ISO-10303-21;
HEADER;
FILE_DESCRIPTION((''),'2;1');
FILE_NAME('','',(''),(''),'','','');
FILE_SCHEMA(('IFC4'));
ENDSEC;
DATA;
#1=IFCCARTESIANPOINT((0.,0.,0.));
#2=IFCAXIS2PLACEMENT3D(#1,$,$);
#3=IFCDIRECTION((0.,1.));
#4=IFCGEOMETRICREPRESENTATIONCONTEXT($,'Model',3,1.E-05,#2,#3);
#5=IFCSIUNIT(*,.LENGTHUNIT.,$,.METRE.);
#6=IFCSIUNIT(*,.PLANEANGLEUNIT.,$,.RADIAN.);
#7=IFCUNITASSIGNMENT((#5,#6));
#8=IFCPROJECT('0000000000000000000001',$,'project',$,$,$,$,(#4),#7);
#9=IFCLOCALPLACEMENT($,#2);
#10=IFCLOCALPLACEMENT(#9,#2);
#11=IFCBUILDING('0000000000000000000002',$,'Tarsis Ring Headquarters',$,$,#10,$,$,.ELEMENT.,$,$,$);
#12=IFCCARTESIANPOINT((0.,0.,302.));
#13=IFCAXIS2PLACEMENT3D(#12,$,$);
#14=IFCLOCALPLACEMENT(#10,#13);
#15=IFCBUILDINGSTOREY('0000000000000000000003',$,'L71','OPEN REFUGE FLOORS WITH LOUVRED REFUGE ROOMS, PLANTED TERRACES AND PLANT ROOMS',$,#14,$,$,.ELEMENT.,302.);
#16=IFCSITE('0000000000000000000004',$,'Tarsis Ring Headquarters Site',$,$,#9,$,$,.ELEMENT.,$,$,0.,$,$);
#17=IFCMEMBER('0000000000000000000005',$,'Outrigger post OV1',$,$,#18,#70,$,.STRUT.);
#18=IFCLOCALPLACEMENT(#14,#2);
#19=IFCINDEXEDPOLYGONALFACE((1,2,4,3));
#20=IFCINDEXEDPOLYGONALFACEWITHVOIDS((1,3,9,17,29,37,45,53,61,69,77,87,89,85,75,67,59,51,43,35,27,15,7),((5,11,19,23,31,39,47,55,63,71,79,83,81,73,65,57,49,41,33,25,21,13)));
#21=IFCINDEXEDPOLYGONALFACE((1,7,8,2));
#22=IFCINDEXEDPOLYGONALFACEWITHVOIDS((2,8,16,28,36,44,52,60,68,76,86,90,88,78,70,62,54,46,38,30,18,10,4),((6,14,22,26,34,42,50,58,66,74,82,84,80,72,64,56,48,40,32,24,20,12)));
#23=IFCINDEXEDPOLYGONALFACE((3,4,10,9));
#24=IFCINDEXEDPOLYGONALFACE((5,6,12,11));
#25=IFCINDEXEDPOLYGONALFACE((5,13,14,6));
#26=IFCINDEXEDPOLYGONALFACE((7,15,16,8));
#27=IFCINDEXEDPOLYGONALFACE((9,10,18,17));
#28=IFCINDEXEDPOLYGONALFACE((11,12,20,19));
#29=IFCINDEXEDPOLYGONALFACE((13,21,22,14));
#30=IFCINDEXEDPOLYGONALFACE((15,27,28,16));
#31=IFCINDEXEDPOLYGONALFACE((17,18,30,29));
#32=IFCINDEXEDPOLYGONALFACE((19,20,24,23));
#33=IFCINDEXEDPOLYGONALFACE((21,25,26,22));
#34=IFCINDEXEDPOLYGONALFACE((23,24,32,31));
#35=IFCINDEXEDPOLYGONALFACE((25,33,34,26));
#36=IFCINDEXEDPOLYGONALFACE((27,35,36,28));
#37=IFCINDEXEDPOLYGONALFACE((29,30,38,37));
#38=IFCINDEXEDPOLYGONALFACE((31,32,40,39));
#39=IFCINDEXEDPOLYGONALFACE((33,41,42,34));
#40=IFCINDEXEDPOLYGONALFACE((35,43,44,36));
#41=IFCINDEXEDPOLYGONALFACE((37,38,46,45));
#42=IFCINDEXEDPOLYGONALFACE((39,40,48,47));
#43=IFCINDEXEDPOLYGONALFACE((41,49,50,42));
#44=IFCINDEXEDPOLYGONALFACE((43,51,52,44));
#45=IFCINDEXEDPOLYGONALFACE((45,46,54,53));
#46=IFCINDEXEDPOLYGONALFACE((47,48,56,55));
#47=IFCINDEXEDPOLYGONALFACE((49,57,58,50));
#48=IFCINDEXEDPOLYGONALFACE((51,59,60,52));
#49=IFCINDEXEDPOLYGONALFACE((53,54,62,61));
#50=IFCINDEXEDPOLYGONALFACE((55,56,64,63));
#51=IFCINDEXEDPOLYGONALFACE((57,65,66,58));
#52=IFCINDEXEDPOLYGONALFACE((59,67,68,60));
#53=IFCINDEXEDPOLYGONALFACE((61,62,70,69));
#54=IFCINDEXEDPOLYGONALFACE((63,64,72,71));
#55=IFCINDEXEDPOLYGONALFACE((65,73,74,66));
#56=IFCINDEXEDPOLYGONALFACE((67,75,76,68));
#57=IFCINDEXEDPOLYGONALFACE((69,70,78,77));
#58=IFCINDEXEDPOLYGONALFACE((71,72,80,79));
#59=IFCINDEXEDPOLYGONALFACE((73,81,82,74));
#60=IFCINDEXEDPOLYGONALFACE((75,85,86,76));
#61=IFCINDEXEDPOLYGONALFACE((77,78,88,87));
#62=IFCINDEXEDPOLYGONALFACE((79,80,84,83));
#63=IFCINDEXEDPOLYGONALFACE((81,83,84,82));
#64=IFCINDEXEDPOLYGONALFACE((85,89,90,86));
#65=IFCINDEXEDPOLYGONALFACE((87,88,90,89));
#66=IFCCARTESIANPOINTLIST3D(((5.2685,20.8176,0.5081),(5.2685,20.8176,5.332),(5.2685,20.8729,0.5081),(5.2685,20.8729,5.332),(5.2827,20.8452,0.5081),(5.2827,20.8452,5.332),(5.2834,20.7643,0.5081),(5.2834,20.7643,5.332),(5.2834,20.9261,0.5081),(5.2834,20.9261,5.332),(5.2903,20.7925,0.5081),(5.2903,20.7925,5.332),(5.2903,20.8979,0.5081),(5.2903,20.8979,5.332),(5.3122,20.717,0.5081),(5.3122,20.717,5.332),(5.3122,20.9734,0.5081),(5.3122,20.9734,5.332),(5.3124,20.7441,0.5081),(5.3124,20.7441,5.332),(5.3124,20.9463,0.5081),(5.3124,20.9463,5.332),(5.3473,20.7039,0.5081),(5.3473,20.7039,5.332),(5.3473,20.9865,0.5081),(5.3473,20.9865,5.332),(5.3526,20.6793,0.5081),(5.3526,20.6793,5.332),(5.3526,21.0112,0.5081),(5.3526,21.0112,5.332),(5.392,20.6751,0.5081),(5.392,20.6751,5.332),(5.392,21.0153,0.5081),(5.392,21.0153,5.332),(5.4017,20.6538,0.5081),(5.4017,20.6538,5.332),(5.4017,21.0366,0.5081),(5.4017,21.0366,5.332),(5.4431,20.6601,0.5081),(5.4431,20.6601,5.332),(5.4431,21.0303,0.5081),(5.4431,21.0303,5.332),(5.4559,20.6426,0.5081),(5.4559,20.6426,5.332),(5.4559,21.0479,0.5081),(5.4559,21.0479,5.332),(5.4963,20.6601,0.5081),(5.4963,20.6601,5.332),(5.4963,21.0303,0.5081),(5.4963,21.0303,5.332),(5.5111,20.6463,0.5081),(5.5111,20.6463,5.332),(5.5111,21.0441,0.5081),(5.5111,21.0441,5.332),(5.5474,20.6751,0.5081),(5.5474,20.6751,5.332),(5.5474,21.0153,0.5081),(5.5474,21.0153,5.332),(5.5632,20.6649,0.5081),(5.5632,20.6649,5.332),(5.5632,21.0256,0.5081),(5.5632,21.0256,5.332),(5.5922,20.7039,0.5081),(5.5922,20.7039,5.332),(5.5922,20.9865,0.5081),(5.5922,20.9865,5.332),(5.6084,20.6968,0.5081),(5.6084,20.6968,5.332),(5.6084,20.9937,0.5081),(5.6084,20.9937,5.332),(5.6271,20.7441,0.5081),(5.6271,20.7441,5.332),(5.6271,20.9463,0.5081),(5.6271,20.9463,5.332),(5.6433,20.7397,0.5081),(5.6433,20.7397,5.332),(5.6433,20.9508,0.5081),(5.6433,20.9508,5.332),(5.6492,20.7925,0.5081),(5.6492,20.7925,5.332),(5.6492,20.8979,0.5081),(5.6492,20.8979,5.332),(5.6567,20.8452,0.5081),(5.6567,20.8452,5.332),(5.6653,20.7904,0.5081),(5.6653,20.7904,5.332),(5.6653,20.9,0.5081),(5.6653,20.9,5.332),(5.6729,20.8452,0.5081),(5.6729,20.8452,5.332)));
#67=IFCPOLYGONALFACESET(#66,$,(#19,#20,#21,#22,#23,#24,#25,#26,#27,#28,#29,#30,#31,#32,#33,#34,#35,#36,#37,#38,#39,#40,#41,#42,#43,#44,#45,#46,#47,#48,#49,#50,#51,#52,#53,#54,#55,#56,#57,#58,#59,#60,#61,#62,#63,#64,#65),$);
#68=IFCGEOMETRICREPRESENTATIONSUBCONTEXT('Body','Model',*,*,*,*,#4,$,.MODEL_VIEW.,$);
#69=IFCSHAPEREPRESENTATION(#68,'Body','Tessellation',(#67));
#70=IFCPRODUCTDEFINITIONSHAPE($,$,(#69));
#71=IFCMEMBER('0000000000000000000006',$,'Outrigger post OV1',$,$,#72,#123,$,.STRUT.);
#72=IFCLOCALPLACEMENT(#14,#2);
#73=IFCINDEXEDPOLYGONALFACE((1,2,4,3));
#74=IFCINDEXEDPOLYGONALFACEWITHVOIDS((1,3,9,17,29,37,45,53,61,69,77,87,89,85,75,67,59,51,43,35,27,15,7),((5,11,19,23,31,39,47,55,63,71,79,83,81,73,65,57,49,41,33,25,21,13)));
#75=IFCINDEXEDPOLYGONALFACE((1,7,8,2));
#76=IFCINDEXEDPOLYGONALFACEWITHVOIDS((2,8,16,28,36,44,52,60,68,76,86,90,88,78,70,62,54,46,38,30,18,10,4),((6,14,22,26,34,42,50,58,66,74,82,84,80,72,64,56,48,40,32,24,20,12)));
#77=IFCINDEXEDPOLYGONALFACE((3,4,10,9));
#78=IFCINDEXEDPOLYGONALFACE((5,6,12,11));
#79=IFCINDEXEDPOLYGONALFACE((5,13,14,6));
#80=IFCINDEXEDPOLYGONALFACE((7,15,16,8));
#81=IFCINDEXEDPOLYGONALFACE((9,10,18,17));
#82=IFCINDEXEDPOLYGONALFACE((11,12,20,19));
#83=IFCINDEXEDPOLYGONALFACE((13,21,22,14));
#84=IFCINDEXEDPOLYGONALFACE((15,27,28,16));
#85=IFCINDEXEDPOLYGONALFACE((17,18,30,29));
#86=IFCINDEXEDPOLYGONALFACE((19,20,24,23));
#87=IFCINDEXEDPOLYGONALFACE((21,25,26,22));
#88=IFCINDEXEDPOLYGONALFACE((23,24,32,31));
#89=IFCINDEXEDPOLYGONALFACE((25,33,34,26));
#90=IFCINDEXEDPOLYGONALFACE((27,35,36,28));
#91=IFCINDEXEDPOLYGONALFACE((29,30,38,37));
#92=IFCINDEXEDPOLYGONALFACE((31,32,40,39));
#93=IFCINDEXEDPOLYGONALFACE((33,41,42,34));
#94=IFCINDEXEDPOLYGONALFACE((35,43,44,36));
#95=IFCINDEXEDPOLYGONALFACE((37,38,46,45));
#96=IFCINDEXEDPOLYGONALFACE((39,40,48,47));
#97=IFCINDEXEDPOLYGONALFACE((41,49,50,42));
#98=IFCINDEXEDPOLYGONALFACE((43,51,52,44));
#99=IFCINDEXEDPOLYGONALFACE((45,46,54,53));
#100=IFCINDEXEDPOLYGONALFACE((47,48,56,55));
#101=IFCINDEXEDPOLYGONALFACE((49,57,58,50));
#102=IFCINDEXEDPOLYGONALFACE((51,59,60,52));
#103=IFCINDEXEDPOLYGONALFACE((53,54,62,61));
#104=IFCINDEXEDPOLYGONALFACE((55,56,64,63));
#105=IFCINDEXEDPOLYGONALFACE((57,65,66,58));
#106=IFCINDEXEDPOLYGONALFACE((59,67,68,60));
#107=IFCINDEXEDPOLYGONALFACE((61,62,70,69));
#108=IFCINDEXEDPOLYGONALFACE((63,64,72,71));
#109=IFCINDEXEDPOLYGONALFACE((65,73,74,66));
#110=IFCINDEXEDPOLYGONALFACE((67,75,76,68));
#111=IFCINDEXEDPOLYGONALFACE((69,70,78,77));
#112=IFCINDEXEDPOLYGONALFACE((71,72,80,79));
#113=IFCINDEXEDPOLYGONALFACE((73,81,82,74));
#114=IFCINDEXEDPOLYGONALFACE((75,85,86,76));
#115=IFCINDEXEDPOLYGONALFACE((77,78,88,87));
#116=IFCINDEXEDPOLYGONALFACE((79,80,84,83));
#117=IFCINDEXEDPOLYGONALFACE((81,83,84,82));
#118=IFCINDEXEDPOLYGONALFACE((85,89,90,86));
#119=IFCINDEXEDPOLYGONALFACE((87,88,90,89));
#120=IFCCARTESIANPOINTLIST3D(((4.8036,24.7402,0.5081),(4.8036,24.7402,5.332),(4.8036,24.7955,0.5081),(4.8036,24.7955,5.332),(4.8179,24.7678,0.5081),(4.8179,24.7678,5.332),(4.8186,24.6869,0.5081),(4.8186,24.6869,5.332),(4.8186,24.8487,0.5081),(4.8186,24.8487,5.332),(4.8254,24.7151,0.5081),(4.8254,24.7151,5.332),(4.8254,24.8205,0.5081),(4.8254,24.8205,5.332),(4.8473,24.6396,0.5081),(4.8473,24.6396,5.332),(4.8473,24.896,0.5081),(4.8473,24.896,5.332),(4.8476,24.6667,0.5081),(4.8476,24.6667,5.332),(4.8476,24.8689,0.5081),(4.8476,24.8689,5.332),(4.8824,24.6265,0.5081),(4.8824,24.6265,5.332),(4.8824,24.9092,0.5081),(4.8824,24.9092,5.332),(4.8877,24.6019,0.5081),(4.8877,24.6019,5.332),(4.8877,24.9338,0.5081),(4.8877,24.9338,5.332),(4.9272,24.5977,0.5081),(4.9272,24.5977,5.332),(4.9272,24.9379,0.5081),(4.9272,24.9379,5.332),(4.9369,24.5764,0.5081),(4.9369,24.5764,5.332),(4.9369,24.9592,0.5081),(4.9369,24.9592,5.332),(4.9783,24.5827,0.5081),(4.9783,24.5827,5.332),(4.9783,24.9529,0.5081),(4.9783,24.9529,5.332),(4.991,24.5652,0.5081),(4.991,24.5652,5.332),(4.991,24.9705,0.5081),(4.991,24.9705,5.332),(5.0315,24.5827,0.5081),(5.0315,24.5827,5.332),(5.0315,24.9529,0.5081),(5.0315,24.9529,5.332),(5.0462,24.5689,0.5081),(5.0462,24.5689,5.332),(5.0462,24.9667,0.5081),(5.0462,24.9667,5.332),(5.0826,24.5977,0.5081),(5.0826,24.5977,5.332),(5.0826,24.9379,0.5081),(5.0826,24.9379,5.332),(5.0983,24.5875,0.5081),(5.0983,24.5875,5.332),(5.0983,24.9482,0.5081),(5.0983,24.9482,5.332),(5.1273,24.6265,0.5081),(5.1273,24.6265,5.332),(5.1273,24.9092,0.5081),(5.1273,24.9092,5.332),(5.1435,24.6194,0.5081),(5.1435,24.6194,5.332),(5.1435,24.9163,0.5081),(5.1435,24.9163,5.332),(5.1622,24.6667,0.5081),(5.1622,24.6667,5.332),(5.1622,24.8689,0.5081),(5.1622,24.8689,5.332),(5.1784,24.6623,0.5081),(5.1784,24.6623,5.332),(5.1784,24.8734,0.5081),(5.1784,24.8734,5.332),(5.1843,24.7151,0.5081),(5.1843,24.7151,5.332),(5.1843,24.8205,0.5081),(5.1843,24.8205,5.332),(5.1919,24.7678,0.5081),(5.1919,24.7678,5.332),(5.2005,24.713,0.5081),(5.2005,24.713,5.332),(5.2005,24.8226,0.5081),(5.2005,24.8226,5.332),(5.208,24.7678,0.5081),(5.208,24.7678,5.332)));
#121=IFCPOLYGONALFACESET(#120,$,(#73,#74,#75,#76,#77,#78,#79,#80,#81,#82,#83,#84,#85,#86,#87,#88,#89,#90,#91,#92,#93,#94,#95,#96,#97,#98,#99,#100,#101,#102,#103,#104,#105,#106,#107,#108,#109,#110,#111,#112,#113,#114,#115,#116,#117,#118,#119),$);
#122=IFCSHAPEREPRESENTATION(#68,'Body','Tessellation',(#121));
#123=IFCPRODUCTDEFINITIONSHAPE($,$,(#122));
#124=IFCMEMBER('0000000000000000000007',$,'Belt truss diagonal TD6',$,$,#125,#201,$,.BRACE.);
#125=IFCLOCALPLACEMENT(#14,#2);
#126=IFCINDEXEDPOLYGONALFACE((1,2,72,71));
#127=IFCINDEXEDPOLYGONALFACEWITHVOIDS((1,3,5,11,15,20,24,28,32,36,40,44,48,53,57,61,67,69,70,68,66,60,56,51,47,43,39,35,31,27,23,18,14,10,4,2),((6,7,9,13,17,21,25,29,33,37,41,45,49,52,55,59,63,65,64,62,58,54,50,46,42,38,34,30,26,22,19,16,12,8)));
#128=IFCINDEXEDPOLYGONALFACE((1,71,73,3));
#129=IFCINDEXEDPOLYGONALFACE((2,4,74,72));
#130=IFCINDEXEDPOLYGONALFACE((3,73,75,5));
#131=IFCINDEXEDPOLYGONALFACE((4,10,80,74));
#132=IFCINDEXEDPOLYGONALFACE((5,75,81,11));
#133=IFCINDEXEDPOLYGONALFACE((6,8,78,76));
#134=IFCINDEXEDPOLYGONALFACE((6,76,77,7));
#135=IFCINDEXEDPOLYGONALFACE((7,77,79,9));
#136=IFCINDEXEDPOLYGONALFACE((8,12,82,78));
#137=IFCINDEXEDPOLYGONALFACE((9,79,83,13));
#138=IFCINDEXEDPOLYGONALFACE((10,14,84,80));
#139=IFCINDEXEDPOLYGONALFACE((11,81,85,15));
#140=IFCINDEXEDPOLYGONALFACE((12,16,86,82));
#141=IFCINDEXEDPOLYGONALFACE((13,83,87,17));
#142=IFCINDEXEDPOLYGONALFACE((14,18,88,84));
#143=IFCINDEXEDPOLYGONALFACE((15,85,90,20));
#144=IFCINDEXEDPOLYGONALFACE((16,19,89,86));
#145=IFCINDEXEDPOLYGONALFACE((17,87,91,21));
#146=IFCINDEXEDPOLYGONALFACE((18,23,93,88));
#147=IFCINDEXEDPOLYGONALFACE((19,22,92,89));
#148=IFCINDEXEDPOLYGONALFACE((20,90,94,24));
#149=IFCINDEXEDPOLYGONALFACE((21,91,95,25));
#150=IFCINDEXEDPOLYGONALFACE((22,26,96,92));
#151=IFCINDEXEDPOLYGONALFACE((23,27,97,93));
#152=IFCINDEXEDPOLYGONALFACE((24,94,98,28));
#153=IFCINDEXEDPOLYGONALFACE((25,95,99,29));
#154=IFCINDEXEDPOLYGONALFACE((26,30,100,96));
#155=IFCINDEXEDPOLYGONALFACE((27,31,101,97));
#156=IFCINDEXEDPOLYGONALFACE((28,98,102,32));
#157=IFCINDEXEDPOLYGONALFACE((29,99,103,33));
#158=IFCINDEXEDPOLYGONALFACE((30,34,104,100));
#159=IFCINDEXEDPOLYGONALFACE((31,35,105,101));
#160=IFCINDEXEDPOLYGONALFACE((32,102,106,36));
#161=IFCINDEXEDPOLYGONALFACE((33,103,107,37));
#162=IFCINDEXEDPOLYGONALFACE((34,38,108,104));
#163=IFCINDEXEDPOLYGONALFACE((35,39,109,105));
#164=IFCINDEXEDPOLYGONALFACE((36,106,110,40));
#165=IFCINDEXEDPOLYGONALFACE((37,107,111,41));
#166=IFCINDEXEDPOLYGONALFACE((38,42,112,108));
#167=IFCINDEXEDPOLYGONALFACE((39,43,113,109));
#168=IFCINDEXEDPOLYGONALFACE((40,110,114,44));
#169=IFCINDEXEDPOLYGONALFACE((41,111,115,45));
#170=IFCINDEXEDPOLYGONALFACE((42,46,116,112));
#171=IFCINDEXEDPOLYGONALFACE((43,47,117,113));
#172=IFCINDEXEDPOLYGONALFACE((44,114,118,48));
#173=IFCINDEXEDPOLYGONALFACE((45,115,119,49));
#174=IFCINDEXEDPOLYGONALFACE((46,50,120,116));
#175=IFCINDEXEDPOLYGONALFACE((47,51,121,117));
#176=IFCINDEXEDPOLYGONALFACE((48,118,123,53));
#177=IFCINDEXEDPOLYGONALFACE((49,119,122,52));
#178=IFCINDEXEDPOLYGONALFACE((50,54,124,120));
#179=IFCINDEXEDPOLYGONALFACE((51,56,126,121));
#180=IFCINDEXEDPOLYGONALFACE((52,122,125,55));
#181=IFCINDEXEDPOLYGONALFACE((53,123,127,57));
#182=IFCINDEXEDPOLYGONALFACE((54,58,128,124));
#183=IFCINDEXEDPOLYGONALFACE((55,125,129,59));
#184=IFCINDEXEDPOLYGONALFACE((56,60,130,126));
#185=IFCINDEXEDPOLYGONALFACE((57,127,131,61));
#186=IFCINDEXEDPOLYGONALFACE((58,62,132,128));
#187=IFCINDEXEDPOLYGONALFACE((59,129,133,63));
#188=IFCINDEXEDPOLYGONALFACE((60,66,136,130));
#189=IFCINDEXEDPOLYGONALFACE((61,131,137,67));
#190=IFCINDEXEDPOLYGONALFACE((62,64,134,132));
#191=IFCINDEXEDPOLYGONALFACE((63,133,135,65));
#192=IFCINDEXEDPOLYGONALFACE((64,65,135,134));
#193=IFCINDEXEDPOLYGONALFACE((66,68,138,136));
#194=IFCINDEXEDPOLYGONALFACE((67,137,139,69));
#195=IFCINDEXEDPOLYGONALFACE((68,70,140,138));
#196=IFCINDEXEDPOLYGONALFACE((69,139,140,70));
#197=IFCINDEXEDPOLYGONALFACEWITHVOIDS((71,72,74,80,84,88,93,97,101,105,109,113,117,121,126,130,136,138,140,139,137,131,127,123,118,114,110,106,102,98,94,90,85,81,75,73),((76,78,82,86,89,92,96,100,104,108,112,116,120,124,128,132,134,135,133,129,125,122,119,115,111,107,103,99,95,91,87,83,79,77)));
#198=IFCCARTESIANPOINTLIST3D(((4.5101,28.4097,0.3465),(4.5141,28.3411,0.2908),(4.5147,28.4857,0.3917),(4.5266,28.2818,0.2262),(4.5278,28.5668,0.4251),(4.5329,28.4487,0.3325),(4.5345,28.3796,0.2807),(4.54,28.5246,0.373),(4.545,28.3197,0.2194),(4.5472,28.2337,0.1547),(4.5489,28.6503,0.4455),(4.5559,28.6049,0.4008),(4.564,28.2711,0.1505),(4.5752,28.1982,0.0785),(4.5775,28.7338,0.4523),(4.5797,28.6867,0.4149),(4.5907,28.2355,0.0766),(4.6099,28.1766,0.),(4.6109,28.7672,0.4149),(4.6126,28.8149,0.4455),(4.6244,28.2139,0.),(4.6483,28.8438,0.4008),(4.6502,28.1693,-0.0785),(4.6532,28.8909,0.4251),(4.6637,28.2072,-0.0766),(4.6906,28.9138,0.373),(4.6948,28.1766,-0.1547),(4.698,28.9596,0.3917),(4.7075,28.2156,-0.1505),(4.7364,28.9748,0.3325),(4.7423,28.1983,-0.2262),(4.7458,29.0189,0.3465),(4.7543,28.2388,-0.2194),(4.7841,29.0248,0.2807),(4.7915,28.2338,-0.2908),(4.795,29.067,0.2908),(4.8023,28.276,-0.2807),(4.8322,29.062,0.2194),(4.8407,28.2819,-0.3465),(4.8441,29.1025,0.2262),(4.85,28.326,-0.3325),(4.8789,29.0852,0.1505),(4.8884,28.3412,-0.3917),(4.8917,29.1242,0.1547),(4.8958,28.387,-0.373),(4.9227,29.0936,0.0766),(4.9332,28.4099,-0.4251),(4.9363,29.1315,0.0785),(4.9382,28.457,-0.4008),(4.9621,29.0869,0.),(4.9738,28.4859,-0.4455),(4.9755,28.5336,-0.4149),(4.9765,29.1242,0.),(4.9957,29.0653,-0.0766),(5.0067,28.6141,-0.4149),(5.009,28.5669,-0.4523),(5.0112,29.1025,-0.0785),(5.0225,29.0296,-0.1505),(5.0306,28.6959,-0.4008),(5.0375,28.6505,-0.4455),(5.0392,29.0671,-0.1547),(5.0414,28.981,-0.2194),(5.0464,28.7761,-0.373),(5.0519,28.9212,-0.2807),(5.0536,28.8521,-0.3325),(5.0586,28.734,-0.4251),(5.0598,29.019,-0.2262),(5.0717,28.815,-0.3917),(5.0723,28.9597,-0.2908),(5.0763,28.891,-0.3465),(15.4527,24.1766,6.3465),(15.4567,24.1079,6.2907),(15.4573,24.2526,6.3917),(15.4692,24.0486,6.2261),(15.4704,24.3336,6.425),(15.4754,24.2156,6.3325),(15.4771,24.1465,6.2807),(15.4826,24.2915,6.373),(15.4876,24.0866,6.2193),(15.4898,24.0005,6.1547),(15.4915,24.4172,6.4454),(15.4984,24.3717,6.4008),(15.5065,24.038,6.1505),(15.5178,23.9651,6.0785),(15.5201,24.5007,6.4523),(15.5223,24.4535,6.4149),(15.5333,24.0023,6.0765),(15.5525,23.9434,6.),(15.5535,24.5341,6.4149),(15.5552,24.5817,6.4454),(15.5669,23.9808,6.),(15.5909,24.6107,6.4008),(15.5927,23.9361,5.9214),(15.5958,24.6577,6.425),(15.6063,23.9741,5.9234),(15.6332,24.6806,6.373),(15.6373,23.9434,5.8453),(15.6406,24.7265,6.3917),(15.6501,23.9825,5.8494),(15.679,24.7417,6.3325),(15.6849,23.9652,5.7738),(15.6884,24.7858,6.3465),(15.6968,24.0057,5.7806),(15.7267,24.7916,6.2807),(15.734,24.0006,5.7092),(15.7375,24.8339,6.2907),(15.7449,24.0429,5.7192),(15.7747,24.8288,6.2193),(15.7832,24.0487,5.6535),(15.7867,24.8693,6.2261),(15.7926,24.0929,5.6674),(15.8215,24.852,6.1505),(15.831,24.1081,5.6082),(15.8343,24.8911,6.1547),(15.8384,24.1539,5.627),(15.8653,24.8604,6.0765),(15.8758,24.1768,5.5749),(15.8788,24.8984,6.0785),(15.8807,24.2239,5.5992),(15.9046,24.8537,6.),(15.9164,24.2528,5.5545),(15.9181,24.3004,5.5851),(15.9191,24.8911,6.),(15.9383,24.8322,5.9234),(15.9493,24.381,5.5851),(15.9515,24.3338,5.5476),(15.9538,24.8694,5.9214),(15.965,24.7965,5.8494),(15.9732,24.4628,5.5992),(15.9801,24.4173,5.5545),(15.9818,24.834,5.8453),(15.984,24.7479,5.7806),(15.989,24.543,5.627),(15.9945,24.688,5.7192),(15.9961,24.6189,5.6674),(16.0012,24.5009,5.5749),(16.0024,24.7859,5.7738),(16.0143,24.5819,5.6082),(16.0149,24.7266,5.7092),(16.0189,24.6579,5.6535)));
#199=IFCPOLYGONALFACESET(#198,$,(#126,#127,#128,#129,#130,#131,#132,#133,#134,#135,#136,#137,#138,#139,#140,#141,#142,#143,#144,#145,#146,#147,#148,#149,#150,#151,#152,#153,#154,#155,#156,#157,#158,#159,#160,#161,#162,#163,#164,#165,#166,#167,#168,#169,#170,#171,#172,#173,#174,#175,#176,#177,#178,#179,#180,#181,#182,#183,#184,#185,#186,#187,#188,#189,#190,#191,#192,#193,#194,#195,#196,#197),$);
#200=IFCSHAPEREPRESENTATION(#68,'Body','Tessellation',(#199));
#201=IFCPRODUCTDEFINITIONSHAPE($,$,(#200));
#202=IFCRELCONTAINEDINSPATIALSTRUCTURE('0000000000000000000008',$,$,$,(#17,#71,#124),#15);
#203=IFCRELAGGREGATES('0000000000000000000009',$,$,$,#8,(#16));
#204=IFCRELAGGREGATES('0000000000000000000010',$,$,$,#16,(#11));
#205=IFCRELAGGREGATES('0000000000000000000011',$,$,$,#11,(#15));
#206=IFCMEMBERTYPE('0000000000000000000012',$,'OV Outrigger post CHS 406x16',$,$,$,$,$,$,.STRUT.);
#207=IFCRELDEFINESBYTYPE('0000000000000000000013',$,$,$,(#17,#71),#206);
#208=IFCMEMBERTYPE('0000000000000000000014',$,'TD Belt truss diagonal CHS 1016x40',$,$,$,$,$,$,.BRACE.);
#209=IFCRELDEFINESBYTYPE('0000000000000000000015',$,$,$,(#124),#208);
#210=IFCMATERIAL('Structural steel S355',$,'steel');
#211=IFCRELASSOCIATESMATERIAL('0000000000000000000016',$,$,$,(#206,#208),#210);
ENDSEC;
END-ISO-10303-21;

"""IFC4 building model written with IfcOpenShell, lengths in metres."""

from ifc_helpers import new_model, si_unit, direction, frame, origin, origin_2d, place, context, subcontext, project, spatial, hollow_circle, extrude, material, material_profile, profile_set, type_object, element, save


model = new_model("IFC4")

# Units and contexts
model_context = context("Model", 3, precision=1e-05, world=origin(), true_north=direction((0.0, 1.0)))
body_context = subcontext(model_context, "Body", "Model", "MODEL_VIEW")
ifc_project = project(units=[si_unit("LENGTHUNIT", "METRE"), si_unit("PLANEANGLEUNIT", "RADIAN")], contexts=[model_context])

# Site, building, storey
site_placement = place(None, origin())
site = spatial("IfcSite", under=ifc_project, at=site_placement, Name="Tarsis Ring Headquarters Site", CompositionType="ELEMENT", RefElevation=0.0)
building_placement = place(site_placement, origin())
building = spatial("IfcBuilding", under=site, at=building_placement, Name="Tarsis Ring Headquarters", CompositionType="ELEMENT")
storey_placement = place(building_placement, frame((0.0, 0.0, 302.0)))
storey = spatial("IfcBuildingStorey", under=building, at=storey_placement, Name="L71", Description="OPEN REFUGE FLOORS WITH LOUVRED REFUGE ROOMS, PLANTED TERRACES AND PLANT ROOMS", CompositionType="ELEMENT", Elevation=302.0)

# Shared definitions
ifc_material_1 = material(Name="Structural steel S355", Category="steel")
ifc_material_profile_1 = material_profile(ifc_material_1, hollow_circle(Radius=0.5081, WallThickness=0.04, at=origin_2d()), Name="CHS 1016x40")
ifc_profile_set_1 = profile_set([ifc_material_profile_1], Name="Structural steel S355")

# Members
ifc_material_profile_2 = material_profile(ifc_material_1, hollow_circle(Radius=0.2031, WallThickness=0.0161, at=origin_2d()), Name="CHS 406x16")
ifc_profile_set_2 = profile_set([ifc_material_profile_2], Name="Structural steel S355")
member_type_1 = type_object("IfcMemberType", Name="OV Outrigger post CHS 406x16", PredefinedType="STRUT", material=ifc_profile_set_2)
for number, where, z_axis, x_axis, name in (
    (1, (5.4697, 20.8452, 0.5081), (0.0, 0.0, 1.0), (1.0, 0.0, 0.0), "Outrigger post OV1"),
    (2, (5.0049, 24.7678, 0.5081), (0.0, 0.0, 1.0), (1.0, 0.0, 0.0), "Outrigger post OV1"),
):
    element("IfcMember", number, at=place(storey_placement, frame(where, z_axis=z_axis, x_axis=x_axis)), inside=storey, type_object=member_type_1, Name=name, PredefinedType="STRUT", context=body_context, shape_type="SweptSolid", body=[
        extrude(hollow_circle(Radius=0.2031, WallThickness=0.0161, at=origin_2d()), origin(), (0.0, 0.0, 1.0), 4.824),
    ])
member_type_2 = type_object("IfcMemberType", Name="TD Belt truss diagonal CHS 1016x40", PredefinedType="BRACE", material=ifc_profile_set_1)
member_1_placement = place(storey_placement, frame((4.7932, 28.6504, 0.0), z_axis=(0.830368, -0.321228, 0.455303), x_axis=(0.360794, 0.932646, 0.0)))
element("IfcMember", 3, at=member_1_placement, inside=storey, type_object=member_type_2, Name="Belt truss diagonal TD6", PredefinedType="BRACE", context=body_context, shape_type="SweptSolid", body=[
    extrude(hollow_circle(Radius=0.5081, WallThickness=0.04, at=origin_2d()), origin(), (0.0, 0.0, 1.0), 13.178),
])

save(model, "model.ifc")
